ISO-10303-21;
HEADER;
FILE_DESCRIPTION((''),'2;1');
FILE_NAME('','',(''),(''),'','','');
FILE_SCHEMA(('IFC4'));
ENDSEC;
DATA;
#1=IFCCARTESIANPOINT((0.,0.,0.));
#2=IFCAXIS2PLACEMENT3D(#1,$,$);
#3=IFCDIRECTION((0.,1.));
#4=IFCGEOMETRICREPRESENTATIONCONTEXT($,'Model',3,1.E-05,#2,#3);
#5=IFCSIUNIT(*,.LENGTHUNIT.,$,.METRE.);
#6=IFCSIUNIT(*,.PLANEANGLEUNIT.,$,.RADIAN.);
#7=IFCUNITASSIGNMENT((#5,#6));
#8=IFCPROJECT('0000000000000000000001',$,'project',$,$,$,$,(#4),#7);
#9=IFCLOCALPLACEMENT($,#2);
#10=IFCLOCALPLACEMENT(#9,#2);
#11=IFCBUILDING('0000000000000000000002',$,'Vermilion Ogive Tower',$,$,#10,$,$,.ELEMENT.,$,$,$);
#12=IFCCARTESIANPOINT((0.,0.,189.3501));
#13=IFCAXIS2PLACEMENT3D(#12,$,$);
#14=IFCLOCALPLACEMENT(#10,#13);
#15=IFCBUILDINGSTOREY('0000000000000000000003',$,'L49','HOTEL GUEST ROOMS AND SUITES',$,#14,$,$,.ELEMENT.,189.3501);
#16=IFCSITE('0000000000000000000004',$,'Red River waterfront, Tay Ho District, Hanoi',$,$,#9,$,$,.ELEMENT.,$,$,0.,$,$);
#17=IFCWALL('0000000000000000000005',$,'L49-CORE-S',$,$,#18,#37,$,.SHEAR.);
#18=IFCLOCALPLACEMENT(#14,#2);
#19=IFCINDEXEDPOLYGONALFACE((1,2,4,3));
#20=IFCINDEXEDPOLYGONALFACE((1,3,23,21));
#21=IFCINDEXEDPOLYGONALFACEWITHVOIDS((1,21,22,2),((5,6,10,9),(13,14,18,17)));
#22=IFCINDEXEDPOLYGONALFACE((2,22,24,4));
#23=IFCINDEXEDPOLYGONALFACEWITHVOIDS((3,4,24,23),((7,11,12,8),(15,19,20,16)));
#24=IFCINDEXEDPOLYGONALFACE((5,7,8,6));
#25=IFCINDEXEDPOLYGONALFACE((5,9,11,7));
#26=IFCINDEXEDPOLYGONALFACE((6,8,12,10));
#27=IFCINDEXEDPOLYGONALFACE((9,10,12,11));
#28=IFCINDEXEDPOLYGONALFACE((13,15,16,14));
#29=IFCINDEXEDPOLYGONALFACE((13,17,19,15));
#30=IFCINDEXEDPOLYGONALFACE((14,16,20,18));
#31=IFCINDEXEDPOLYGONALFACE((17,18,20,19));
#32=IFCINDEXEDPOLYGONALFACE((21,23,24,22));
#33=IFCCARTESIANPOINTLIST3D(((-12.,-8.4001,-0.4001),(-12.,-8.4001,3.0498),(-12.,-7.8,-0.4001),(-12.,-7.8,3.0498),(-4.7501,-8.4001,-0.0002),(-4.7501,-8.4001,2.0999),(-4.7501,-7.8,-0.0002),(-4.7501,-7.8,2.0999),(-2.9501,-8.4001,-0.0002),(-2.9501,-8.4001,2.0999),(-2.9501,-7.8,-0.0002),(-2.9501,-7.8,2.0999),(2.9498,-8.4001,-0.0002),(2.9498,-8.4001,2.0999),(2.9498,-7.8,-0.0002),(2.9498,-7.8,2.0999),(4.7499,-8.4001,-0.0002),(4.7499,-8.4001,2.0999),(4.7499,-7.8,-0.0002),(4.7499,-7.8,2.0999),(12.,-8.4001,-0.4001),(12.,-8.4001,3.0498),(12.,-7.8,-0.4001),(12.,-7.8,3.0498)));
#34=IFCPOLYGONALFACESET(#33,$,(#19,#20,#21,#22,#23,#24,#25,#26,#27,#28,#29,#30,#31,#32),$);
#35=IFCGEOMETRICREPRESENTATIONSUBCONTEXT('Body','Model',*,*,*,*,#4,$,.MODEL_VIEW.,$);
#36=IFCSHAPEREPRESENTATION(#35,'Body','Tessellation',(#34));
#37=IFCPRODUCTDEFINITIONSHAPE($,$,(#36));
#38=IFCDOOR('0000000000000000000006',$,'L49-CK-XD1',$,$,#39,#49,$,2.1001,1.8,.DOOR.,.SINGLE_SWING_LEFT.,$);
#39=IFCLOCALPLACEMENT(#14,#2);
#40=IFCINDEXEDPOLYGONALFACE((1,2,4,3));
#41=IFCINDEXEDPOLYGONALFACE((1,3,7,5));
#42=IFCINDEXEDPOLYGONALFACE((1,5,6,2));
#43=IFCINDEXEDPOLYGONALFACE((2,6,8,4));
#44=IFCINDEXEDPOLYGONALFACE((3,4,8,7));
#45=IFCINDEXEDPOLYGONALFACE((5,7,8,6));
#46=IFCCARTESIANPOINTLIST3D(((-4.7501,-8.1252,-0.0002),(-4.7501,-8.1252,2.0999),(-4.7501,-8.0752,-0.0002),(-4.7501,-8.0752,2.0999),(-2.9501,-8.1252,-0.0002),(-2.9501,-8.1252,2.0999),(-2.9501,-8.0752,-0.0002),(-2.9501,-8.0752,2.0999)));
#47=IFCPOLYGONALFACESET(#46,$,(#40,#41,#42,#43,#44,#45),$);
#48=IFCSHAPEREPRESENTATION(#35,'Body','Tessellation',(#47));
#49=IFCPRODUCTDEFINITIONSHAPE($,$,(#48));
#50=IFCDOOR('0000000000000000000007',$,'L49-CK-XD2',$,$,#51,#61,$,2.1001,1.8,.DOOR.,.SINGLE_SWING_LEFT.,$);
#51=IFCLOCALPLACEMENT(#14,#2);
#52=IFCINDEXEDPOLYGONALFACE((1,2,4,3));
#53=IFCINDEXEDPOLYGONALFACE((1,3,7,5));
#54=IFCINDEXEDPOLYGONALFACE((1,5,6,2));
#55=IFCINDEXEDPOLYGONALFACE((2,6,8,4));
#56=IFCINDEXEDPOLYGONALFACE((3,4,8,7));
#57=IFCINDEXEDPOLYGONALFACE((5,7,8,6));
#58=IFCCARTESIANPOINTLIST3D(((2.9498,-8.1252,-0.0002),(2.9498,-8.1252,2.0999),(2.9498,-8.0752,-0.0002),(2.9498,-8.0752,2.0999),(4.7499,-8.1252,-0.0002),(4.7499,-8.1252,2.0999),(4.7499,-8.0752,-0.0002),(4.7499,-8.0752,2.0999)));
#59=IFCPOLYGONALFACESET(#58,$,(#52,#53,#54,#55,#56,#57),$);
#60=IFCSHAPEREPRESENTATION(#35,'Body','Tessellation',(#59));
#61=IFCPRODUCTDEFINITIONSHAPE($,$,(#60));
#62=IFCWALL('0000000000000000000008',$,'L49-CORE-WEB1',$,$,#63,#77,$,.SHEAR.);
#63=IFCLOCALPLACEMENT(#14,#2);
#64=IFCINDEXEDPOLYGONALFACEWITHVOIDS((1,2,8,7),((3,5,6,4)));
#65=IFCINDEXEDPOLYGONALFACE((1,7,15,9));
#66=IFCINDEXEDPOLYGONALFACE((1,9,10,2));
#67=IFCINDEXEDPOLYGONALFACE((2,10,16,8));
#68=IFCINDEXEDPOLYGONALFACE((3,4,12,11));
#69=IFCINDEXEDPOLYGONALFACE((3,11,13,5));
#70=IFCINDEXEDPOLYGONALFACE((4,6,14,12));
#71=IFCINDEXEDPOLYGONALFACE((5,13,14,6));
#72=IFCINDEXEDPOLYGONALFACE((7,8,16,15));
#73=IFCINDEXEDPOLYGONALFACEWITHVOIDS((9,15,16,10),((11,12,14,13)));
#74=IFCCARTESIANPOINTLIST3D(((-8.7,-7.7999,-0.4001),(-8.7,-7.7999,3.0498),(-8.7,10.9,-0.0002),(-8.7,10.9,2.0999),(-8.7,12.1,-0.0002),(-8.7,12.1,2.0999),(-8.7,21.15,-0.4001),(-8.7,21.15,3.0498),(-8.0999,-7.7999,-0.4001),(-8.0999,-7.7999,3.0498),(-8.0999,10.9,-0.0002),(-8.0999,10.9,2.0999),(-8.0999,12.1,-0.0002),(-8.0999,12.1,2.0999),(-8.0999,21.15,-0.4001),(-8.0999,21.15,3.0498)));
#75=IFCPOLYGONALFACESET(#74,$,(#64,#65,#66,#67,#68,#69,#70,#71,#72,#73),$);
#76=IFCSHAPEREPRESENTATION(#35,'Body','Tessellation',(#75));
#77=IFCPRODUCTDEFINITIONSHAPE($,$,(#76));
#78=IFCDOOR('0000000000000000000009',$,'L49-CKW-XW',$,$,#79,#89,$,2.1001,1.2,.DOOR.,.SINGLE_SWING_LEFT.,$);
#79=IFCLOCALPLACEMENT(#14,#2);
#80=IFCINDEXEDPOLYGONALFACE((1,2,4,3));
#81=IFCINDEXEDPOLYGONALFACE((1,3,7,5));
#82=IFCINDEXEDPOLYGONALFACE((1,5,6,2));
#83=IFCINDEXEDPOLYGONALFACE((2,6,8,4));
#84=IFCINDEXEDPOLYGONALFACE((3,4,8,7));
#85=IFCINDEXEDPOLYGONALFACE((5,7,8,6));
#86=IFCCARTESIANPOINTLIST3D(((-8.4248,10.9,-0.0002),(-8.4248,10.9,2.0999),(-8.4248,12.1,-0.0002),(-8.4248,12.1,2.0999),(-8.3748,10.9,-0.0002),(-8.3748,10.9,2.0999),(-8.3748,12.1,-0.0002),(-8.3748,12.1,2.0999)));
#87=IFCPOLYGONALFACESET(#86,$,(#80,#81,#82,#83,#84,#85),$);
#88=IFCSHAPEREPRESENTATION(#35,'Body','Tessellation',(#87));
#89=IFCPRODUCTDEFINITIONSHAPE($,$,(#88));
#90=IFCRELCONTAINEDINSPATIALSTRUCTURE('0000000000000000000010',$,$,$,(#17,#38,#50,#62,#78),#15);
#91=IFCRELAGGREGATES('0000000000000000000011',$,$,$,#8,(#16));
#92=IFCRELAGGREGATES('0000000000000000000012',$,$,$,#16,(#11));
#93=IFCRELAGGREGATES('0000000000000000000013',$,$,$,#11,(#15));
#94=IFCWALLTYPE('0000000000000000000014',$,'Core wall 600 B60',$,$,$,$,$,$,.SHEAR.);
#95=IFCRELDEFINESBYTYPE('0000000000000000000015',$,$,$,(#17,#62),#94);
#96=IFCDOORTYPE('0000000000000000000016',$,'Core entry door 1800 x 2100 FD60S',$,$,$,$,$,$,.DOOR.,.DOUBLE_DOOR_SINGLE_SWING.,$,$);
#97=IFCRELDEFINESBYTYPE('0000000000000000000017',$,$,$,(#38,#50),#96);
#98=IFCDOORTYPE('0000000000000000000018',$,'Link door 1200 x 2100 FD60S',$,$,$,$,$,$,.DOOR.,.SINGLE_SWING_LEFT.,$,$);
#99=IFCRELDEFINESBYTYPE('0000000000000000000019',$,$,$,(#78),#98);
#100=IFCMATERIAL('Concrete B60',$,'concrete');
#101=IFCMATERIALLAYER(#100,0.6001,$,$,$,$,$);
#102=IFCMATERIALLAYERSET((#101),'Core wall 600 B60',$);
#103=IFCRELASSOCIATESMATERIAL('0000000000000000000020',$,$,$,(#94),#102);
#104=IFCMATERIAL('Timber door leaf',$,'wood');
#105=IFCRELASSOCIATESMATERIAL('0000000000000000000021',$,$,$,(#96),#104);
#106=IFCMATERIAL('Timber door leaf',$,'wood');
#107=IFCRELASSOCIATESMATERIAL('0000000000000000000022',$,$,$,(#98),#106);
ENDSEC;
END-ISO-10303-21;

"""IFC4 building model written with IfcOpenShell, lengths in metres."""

from ifc_helpers import new_model, si_unit, direction, frame, frame_2d, origin, place, context, subcontext, project, spatial, rectangle, extrude, material, layer, layer_set, type_object, element, fill, save


model = new_model("IFC4")

# Units and contexts
model_context = context("Model", 3, precision=1e-05, world=origin(), true_north=direction((0.0, 1.0)))
body_context = subcontext(model_context, "Body", "Model", "MODEL_VIEW")
ifc_project = project(units=[si_unit("LENGTHUNIT", "METRE"), si_unit("PLANEANGLEUNIT", "RADIAN")], contexts=[model_context])

# Site, building, storey
site_placement = place(None, origin())
site = spatial("IfcSite", under=ifc_project, at=site_placement, Name="Red River waterfront, Tay Ho District, Hanoi", CompositionType="ELEMENT", RefElevation=0.0)
building_placement = place(site_placement, origin())
building = spatial("IfcBuilding", under=site, at=building_placement, Name="Vermilion Ogive Tower", CompositionType="ELEMENT")
storey_placement = place(building_placement, frame((0.0, 0.0, 189.3501)))
storey = spatial("IfcBuildingStorey", under=building, at=storey_placement, Name="L49", Description="HOTEL GUEST ROOMS AND SUITES", CompositionType="ELEMENT", Elevation=189.3501)

# Wall, openings, doors
ifc_material_1 = material(Name="Concrete B60", Category="concrete")
ifc_layer_1 = layer(ifc_material_1, 0.6001)
ifc_layer_set_1 = layer_set([ifc_layer_1], Name="Core wall 600 B60")
wall_type_1 = type_object("IfcWallType", Name="Core wall 600 B60", PredefinedType="SHEAR", material=ifc_layer_set_1)
wall_1_placement = place(storey_placement, frame((-12.0, -8.1001, -0.4001), z_axis=(0.0, 0.0, 1.0), x_axis=(1.0, 0.0, 0.0)))
wall_1 = element("IfcWall", 1, at=wall_1_placement, inside=storey, type_object=wall_type_1, Name="L49-CORE-S", PredefinedType="SHEAR", context=body_context, shape_type="SweptSolid", body=[
    extrude(rectangle(XDim=24.0, YDim=0.6001, at=frame_2d((12.0, 0.0))), origin(), (0.0, 0.0, 1.0), 3.45),
])
opening_1_placement = place(wall_1_placement, frame((7.25, 0.0, 0.3999)))
opening_1 = element("IfcOpeningElement", 2, at=opening_1_placement, cuts=wall_1, PredefinedType="OPENING", context=body_context, shape_type="SweptSolid", body=[
    extrude(rectangle(XDim=1.8, YDim=2.1001, at=frame_2d((0.8999, 1.05))), frame((0.0, 0.3101, 0.0), z_axis=(0.0, -1.0, 0.0), x_axis=(1.0, 0.0, 0.0)), (0.0, 0.0, 1.0), 0.6201),
])
opening_2_placement = place(wall_1_placement, frame((14.95, 0.0, 0.3999)))
opening_2 = element("IfcOpeningElement", 3, at=opening_2_placement, cuts=wall_1, PredefinedType="OPENING", context=body_context, shape_type="SweptSolid", body=[
    extrude(rectangle(XDim=1.8, YDim=2.1001, at=frame_2d((0.8999, 1.05))), frame((0.0, 0.3101, 0.0), z_axis=(0.0, -1.0, 0.0), x_axis=(1.0, 0.0, 0.0)), (0.0, 0.0, 1.0), 0.6201),
])
ifc_material_2 = material(Name="Timber door leaf", Category="wood")
door_type_1 = type_object("IfcDoorType", Name="Core entry door 1800 x 2100 FD60S", OperationType="DOUBLE_DOOR_SINGLE_SWING", PredefinedType="DOOR", material=ifc_material_2)
door_1_placement = place(opening_1_placement, origin())
door_1 = element("IfcDoor", 4, at=door_1_placement, inside=storey, type_object=door_type_1, Name="L49-CK-XD1", OperationType="SINGLE_SWING_LEFT", OverallHeight=2.1001, OverallWidth=1.8, PredefinedType="DOOR", context=body_context, shape_type="SweptSolid", body=[
    extrude(rectangle(XDim=1.8, YDim=2.1001, at=frame_2d((0.8999, 1.05))), frame((0.0, 0.0249, 0.0), z_axis=(0.0, -1.0, 0.0), x_axis=(1.0, 0.0, 0.0)), (0.0, 0.0, 1.0), 0.05),
])
fill(opening_1, door_1)
door_2_placement = place(opening_2_placement, origin())
door_2 = element("IfcDoor", 5, at=door_2_placement, inside=storey, type_object=door_type_1, Name="L49-CK-XD2", OperationType="SINGLE_SWING_LEFT", OverallHeight=2.1001, OverallWidth=1.8, PredefinedType="DOOR", context=body_context, shape_type="SweptSolid", body=[
    extrude(rectangle(XDim=1.8, YDim=2.1001, at=frame_2d((0.8999, 1.05))), frame((0.0, 0.0249, 0.0), z_axis=(0.0, -1.0, 0.0), x_axis=(1.0, 0.0, 0.0)), (0.0, 0.0, 1.0), 0.05),
])
fill(opening_2, door_2)

# Wall, opening, door
wall_2_placement = place(storey_placement, frame((-8.3999, -7.8, -0.4001), z_axis=(0.0, 0.0, 1.0), x_axis=(0.0, 1.0, 0.0)))
wall_2 = element("IfcWall", 6, at=wall_2_placement, inside=storey, type_object=wall_type_1, Name="L49-CORE-WEB1", PredefinedType="SHEAR", context=body_context, shape_type="SweptSolid", body=[
    extrude(rectangle(XDim=28.95, YDim=0.6001, at=frame_2d((14.4751, 0.0))), origin(), (0.0, 0.0, 1.0), 3.45),
])
opening_3_placement = place(wall_2_placement, frame((18.7, 0.0, 0.3999)))
opening_3 = element("IfcOpeningElement", 7, at=opening_3_placement, cuts=wall_2, PredefinedType="OPENING", context=body_context, shape_type="SweptSolid", body=[
    extrude(rectangle(XDim=1.2, YDim=2.1001, at=frame_2d((0.6001, 1.05))), frame((0.0, 0.3101, 0.0), z_axis=(0.0, -1.0, 0.0), x_axis=(1.0, 0.0, 0.0)), (0.0, 0.0, 1.0), 0.6201),
])
ifc_material_3 = material(Name="Timber door leaf", Category="wood")
door_type_2 = type_object("IfcDoorType", Name="Link door 1200 x 2100 FD60S", OperationType="SINGLE_SWING_LEFT", PredefinedType="DOOR", material=ifc_material_3)
door_3_placement = place(opening_3_placement, origin())
door_3 = element("IfcDoor", 8, at=door_3_placement, inside=storey, type_object=door_type_2, Name="L49-CKW-XW", OperationType="SINGLE_SWING_LEFT", OverallHeight=2.1001, OverallWidth=1.2, PredefinedType="DOOR", context=body_context, shape_type="SweptSolid", body=[
    extrude(rectangle(XDim=1.2, YDim=2.1001, at=frame_2d((0.6001, 1.05))), frame((0.0, 0.0249, 0.0), z_axis=(0.0, -1.0, 0.0), x_axis=(1.0, 0.0, 0.0)), (0.0, 0.0, 1.0), 0.05),
])
fill(opening_3, door_3)

save(model, "model.ifc")
